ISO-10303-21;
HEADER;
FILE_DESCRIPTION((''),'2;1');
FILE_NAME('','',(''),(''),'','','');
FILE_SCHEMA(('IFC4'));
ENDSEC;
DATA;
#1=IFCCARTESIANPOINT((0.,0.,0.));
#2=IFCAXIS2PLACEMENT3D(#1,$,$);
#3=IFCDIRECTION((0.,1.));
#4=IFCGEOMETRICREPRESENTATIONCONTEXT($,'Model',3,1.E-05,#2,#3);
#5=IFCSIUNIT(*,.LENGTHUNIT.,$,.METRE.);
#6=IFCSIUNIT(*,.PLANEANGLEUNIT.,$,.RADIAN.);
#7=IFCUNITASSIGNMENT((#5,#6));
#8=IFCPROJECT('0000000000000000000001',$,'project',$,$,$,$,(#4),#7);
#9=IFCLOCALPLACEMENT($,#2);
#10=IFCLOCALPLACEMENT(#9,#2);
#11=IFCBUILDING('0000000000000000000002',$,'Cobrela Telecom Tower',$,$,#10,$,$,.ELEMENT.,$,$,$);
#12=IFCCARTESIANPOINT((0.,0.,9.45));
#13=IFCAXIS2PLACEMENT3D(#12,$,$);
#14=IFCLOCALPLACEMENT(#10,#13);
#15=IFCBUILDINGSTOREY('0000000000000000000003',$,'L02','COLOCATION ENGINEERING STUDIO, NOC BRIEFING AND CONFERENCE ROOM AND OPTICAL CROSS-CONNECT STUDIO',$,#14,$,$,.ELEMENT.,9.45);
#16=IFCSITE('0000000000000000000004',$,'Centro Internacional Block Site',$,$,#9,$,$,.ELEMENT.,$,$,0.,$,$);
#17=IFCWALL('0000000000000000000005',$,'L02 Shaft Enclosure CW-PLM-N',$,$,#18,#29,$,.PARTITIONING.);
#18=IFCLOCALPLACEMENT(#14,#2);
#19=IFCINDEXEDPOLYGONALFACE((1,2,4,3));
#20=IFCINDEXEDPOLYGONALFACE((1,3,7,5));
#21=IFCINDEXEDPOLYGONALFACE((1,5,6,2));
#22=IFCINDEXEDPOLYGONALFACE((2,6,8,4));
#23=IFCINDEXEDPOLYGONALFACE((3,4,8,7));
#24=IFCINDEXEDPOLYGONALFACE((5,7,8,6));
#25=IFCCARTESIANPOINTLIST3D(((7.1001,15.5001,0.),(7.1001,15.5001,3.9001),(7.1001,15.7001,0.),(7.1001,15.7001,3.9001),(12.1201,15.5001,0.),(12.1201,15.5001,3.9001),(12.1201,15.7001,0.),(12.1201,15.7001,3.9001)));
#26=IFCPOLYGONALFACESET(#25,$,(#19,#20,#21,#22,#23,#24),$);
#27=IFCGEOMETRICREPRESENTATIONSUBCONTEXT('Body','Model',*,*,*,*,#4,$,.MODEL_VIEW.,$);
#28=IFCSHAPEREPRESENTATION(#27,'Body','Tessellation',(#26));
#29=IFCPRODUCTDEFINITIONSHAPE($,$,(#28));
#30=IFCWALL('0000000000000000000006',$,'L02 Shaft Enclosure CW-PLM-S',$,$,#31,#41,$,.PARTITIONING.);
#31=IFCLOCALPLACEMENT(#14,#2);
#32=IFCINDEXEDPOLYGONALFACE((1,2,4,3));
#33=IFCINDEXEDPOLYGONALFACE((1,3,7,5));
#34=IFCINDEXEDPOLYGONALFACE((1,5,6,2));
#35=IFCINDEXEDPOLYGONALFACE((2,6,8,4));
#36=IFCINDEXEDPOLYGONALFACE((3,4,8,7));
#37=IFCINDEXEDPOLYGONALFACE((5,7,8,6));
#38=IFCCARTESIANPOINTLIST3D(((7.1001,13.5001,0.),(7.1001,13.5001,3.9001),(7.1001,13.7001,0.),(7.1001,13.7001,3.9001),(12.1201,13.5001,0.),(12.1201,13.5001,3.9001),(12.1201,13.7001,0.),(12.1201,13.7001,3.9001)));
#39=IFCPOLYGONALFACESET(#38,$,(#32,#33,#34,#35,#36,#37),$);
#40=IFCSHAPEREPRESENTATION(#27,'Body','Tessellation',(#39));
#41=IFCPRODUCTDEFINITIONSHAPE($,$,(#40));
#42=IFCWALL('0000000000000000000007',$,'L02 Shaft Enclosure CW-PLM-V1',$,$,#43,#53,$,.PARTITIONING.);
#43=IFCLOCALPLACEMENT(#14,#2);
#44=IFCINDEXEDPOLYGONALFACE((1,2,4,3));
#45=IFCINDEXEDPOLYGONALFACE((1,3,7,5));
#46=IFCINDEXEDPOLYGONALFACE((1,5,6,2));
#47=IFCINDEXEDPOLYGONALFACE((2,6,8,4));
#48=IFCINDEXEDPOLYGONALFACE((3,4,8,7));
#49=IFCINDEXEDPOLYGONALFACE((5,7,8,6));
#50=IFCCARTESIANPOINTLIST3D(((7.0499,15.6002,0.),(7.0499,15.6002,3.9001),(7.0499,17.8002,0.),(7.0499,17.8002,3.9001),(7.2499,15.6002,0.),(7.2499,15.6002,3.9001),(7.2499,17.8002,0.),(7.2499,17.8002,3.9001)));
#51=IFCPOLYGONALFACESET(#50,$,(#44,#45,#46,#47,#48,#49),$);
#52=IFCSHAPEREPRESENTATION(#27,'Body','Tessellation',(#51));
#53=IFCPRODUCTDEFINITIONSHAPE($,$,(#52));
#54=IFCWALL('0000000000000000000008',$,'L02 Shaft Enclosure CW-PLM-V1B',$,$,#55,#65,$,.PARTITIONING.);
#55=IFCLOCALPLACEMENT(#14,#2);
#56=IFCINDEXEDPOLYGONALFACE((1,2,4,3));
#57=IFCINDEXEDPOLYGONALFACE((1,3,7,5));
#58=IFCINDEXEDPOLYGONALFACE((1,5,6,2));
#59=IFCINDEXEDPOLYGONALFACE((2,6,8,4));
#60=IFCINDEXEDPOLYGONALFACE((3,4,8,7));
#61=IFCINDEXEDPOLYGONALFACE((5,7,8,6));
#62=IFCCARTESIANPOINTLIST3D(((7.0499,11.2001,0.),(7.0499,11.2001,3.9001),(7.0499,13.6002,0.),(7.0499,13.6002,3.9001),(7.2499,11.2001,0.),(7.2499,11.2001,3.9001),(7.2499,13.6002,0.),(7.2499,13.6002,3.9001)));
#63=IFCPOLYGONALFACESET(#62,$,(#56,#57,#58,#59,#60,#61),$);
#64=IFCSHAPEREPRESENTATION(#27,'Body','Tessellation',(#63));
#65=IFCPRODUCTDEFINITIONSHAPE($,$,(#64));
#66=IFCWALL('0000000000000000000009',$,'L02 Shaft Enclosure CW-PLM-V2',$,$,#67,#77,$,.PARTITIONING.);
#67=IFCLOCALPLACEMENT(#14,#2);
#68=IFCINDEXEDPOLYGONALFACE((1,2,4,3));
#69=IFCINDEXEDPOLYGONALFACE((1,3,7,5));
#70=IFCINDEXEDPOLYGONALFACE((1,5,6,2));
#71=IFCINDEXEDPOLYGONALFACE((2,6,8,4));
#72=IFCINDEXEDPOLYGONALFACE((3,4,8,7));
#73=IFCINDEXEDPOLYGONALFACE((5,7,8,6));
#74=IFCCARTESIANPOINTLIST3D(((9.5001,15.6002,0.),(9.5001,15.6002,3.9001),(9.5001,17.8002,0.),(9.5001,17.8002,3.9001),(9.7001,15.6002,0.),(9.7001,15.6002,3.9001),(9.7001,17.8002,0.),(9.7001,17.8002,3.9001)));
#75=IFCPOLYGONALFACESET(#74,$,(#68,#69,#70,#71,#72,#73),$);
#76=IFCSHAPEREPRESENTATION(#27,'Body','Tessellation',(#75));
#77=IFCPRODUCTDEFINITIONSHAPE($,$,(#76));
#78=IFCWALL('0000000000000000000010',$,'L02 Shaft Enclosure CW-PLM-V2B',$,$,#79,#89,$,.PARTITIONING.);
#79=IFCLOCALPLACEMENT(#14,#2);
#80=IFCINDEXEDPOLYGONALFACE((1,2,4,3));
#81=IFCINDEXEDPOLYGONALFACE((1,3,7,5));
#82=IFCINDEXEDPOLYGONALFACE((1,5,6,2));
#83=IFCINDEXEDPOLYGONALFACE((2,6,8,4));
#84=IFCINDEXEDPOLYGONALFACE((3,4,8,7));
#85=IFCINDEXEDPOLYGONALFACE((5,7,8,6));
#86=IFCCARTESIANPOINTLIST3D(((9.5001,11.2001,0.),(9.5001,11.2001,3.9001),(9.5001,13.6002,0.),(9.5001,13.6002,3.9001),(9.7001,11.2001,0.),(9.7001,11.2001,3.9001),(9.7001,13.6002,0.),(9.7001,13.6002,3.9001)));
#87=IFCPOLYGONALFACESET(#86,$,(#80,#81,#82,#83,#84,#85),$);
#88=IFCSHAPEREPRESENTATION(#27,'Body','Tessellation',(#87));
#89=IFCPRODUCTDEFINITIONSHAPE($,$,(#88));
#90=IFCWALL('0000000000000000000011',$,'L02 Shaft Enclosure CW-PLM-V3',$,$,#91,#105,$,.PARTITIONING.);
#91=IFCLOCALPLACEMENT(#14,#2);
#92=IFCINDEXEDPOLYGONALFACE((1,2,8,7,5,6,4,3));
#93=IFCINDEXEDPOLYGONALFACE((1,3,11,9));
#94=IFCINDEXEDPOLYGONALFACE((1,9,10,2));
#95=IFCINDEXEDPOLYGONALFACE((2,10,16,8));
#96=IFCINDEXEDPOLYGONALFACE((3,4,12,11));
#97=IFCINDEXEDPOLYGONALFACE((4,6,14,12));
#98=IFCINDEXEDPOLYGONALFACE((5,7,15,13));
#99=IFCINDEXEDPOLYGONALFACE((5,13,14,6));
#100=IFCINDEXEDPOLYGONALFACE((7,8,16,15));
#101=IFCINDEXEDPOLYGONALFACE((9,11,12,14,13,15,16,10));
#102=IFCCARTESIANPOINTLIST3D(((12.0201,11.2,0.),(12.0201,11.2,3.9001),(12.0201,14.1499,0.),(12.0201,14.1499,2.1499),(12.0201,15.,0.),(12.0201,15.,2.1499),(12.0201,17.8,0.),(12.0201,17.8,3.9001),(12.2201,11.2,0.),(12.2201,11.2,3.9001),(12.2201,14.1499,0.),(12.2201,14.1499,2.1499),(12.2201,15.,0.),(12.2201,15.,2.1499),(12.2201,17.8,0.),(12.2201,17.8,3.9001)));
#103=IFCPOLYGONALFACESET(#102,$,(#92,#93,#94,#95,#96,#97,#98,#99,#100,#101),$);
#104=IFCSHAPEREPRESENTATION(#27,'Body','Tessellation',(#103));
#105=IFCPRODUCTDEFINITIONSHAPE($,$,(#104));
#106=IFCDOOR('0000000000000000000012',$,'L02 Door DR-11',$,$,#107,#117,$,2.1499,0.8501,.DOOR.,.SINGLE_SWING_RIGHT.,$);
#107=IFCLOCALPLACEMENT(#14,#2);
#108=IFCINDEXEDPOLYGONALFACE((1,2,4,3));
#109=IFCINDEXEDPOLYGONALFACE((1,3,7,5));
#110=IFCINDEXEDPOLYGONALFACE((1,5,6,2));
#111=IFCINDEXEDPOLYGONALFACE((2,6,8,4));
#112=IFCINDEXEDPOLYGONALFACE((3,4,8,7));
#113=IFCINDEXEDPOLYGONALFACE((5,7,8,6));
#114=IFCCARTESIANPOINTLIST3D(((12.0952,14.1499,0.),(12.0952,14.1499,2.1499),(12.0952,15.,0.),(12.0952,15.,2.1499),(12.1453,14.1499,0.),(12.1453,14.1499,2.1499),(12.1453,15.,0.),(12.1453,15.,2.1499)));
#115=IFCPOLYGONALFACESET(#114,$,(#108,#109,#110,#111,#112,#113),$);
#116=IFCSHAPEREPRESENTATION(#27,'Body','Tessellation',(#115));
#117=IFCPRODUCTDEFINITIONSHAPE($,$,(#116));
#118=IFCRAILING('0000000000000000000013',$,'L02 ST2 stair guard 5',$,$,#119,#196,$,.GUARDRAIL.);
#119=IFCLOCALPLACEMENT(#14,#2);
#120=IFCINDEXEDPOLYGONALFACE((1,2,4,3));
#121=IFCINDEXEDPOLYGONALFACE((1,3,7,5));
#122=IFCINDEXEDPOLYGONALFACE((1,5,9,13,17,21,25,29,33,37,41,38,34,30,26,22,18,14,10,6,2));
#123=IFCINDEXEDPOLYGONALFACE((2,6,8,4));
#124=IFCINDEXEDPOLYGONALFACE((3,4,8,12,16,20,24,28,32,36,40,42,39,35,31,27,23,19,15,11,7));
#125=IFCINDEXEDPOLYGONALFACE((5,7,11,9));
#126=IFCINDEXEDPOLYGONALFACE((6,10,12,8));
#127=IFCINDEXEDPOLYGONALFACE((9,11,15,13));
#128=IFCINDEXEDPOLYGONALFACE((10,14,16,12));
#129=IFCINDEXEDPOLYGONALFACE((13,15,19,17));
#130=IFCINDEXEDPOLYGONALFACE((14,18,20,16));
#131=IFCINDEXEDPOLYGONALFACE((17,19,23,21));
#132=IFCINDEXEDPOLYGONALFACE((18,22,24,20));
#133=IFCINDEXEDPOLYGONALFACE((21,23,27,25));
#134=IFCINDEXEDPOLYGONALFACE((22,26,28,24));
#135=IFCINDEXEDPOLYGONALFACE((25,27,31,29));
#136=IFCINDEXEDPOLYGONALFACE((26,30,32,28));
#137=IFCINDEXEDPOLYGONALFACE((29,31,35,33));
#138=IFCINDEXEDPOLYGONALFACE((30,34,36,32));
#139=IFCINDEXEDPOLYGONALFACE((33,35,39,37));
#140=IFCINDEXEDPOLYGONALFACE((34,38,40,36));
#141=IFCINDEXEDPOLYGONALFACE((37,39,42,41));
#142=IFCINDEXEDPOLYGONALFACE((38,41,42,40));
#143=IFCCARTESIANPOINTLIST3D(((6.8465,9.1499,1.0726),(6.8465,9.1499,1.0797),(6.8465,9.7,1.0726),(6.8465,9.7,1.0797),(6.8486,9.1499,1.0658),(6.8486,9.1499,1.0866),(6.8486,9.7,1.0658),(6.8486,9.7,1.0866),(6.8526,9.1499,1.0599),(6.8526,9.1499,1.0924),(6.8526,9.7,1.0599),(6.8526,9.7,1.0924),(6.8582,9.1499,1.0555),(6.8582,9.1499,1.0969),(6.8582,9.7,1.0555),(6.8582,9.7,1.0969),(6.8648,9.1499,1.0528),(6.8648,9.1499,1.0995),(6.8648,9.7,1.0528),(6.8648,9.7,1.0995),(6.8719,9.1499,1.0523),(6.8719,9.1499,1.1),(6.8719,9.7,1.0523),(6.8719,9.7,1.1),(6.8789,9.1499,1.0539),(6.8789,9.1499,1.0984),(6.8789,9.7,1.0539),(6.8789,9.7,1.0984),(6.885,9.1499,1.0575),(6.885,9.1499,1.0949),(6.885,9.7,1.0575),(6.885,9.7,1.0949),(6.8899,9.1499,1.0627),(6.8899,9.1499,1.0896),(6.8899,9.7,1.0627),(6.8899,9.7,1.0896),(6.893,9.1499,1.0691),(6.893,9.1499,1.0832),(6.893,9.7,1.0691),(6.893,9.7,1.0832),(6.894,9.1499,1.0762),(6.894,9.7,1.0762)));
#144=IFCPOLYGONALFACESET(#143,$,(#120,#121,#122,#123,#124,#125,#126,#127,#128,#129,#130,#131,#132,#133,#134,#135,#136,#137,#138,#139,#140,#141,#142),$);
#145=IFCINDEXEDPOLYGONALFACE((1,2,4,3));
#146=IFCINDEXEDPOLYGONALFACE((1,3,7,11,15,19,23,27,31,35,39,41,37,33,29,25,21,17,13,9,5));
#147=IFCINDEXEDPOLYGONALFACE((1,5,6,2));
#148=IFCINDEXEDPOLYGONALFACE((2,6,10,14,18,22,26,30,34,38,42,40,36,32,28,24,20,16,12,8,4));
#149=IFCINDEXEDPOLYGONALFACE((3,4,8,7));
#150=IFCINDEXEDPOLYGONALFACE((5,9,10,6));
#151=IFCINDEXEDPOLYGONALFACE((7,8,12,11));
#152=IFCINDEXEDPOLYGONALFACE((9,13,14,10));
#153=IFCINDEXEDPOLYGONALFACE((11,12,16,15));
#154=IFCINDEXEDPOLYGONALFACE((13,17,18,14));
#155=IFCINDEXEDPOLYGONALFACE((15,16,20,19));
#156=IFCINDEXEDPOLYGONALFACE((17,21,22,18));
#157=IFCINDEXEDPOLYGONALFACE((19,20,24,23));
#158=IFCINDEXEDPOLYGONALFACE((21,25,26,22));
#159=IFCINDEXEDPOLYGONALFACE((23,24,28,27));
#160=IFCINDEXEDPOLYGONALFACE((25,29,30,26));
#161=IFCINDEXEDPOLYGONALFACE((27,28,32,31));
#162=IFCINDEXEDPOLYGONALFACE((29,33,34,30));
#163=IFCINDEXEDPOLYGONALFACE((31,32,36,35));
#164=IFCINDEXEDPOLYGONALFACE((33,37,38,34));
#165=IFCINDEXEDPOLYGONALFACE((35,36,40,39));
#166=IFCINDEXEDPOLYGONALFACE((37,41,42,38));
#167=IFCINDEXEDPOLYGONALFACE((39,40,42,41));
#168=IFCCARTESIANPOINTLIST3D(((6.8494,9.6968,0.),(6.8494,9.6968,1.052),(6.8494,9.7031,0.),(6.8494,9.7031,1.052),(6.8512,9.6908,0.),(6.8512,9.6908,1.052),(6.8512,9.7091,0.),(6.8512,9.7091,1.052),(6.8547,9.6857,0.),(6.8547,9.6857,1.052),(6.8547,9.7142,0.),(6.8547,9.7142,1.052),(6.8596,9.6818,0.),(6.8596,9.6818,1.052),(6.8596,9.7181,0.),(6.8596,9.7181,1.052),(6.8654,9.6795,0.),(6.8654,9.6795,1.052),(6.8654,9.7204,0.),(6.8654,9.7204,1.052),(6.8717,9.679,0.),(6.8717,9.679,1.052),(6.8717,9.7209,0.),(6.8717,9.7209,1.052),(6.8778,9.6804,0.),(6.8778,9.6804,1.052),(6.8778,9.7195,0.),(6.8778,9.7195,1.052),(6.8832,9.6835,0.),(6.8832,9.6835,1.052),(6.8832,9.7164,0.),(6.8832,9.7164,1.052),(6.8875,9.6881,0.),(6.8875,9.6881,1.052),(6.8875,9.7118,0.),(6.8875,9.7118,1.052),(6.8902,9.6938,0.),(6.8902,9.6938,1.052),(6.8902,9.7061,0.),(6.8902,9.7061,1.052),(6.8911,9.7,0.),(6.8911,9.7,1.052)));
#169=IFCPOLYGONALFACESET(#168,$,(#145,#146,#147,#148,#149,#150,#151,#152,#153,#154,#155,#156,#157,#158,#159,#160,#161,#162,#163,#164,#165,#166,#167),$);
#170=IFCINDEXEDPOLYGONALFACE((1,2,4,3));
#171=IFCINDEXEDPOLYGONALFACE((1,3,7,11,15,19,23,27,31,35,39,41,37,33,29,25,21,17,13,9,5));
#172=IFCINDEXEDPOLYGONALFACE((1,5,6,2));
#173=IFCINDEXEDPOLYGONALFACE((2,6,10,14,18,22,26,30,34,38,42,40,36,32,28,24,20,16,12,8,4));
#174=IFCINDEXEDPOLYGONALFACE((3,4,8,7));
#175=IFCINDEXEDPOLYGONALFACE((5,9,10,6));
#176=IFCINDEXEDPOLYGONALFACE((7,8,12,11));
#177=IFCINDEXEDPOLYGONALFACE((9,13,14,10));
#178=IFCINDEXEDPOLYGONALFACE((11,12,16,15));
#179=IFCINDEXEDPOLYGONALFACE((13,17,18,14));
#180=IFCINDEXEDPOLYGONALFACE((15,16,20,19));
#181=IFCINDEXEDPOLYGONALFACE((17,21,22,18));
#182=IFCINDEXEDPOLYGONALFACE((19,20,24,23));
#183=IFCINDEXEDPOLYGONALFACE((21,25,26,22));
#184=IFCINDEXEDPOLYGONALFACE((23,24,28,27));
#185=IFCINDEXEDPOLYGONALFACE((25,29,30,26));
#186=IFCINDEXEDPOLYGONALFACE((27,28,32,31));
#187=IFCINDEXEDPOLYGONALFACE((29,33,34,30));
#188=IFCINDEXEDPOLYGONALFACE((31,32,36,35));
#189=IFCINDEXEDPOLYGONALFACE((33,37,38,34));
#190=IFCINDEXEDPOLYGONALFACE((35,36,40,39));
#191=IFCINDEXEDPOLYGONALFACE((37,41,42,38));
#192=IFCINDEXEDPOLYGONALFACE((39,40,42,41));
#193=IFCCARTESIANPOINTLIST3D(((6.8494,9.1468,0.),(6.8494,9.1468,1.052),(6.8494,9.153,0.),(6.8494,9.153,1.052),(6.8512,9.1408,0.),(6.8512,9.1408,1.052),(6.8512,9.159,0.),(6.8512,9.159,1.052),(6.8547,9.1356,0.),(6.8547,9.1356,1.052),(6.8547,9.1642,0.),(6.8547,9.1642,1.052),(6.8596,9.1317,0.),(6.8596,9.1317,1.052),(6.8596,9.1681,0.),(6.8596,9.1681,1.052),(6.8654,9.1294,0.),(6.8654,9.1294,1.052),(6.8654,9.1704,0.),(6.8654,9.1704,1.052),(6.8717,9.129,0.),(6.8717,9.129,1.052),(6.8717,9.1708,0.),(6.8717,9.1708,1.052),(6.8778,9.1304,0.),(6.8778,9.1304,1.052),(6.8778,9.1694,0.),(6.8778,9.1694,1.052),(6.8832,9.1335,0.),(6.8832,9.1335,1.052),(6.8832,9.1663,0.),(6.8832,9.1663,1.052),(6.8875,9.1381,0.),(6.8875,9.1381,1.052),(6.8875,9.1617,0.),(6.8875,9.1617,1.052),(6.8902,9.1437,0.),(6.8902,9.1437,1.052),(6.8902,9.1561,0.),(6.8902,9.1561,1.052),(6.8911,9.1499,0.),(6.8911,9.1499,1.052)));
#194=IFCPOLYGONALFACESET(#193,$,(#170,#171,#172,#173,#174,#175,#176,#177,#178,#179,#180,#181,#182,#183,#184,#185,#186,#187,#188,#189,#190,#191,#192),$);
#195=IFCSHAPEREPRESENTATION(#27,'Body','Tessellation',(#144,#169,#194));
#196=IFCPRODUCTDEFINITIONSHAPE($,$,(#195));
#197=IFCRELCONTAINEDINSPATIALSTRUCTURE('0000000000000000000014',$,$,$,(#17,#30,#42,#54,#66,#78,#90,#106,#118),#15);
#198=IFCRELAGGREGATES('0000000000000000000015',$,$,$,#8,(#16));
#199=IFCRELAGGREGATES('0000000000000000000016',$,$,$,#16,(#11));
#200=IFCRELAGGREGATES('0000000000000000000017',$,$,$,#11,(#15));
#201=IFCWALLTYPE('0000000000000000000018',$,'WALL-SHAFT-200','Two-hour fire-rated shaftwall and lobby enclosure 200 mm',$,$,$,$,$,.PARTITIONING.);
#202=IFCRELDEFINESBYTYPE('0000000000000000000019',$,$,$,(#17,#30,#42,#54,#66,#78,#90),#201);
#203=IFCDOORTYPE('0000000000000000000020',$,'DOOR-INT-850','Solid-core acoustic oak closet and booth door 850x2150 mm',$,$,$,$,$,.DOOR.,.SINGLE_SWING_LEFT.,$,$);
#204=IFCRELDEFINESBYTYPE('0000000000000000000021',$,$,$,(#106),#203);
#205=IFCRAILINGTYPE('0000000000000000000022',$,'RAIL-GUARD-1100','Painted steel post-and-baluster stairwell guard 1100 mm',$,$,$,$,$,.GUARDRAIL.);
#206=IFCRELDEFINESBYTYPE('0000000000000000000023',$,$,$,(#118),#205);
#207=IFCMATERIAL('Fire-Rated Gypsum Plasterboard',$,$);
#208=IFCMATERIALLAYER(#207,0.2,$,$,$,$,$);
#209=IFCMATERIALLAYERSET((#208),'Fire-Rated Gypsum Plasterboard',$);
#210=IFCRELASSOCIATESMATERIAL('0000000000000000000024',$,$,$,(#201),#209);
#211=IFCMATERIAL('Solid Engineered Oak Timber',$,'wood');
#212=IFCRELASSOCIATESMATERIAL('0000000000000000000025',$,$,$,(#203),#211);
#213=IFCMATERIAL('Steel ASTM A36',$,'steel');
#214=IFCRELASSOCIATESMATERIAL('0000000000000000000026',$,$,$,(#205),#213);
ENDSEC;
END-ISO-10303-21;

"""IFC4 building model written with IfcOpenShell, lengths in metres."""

from ifc_helpers import new_model, si_unit, direction, frame, frame_2d, origin, origin_2d, place, context, subcontext, project, spatial, rectangle, circle, extrude, material, layer, layer_set, type_object, element, fill, save


model = new_model("IFC4")

# Units and contexts
model_context = context("Model", 3, precision=1e-05, world=origin(), true_north=direction((0.0, 1.0)))
body_context = subcontext(model_context, "Body", "Model", "MODEL_VIEW")
ifc_project = project(units=[si_unit("LENGTHUNIT", "METRE"), si_unit("PLANEANGLEUNIT", "RADIAN")], contexts=[model_context])

# Site, building, storey
site_placement = place(None, origin())
site = spatial("IfcSite", under=ifc_project, at=site_placement, Name="Centro Internacional Block Site", CompositionType="ELEMENT", RefElevation=0.0)
building_placement = place(site_placement, origin())
building = spatial("IfcBuilding", under=site, at=building_placement, Name="Cobrela Telecom Tower", CompositionType="ELEMENT")
storey_placement = place(building_placement, frame((0.0, 0.0, 9.45)))
storey = spatial("IfcBuildingStorey", under=building, at=storey_placement, Name="L02", Description="COLOCATION ENGINEERING STUDIO, NOC BRIEFING AND CONFERENCE ROOM AND OPTICAL CROSS-CONNECT STUDIO", CompositionType="ELEMENT", Elevation=9.45)

# Shared definitions
ifc_material_1 = material(Name="Fire-Rated Gypsum Plasterboard")
ifc_layer = layer(ifc_material_1, 0.2)
ifc_layer_set = layer_set([ifc_layer], Name="Fire-Rated Gypsum Plasterboard")
wall_type = type_object("IfcWallType", Name="WALL-SHAFT-200", Description="Two-hour fire-rated shaftwall and lobby enclosure 200 mm", PredefinedType="PARTITIONING", material=ifc_layer_set)

# Shared definitions
ifc_material_2 = material(Name="Solid Engineered Oak Timber", Category="wood")
door_type = type_object("IfcDoorType", Name="DOOR-INT-850", Description="Solid-core acoustic oak closet and booth door 850x2150 mm", OperationType="SINGLE_SWING_LEFT", PredefinedType="DOOR", material=ifc_material_2)

# Walls
for number, where, z_axis, x_axis, name in (
    (1, (7.1001, 15.6001, 0.0), (0.0, 0.0, 1.0), (1.0, 0.0, 0.0), "L02 Shaft Enclosure CW-PLM-N"),
    (2, (7.1001, 13.6001, 0.0), (0.0, 0.0, 1.0), (1.0, 0.0, 0.0), "L02 Shaft Enclosure CW-PLM-S"),
):
    element("IfcWall", number, at=place(storey_placement, frame(where, z_axis=z_axis, x_axis=x_axis)), inside=storey, type_object=wall_type, Name=name, PredefinedType="PARTITIONING", context=body_context, shape_type="SweptSolid", body=[
        extrude(rectangle(XDim=5.02, YDim=0.2, at=frame_2d((2.51, 0.0))), origin(), (0.0, 0.0, 1.0), 3.9001),
    ])
wall_1_placement = place(storey_placement, frame((7.1499, 15.6001, 0.0), z_axis=(0.0, 0.0, 1.0), x_axis=(0.0, 1.0, 0.0)))
element("IfcWall", 3, at=wall_1_placement, inside=storey, type_object=wall_type, Name="L02 Shaft Enclosure CW-PLM-V1", PredefinedType="PARTITIONING", context=body_context, shape_type="SweptSolid", body=[
    extrude(rectangle(XDim=2.2, YDim=0.2, at=frame_2d((1.1001, 0.0))), origin(), (0.0, 0.0, 1.0), 3.9001),
])
wall_2_placement = place(storey_placement, frame((7.1499, 11.2, 0.0), z_axis=(0.0, 0.0, 1.0), x_axis=(0.0, 1.0, 0.0)))
element("IfcWall", 4, at=wall_2_placement, inside=storey, type_object=wall_type, Name="L02 Shaft Enclosure CW-PLM-V1B", PredefinedType="PARTITIONING", context=body_context, shape_type="SweptSolid", body=[
    extrude(rectangle(XDim=2.4001, YDim=0.2, at=frame_2d((1.2002, 0.0))), origin(), (0.0, 0.0, 1.0), 3.9001),
])
wall_3_placement = place(storey_placement, frame((9.6001, 15.6001, 0.0), z_axis=(0.0, 0.0, 1.0), x_axis=(0.0, 1.0, 0.0)))
element("IfcWall", 5, at=wall_3_placement, inside=storey, type_object=wall_type, Name="L02 Shaft Enclosure CW-PLM-V2", PredefinedType="PARTITIONING", context=body_context, shape_type="SweptSolid", body=[
    extrude(rectangle(XDim=2.2, YDim=0.2, at=frame_2d((1.1001, 0.0))), origin(), (0.0, 0.0, 1.0), 3.9001),
])
wall_4_placement = place(storey_placement, frame((9.6001, 11.2, 0.0), z_axis=(0.0, 0.0, 1.0), x_axis=(0.0, 1.0, 0.0)))
element("IfcWall", 6, at=wall_4_placement, inside=storey, type_object=wall_type, Name="L02 Shaft Enclosure CW-PLM-V2B", PredefinedType="PARTITIONING", context=body_context, shape_type="SweptSolid", body=[
    extrude(rectangle(XDim=2.4001, YDim=0.2, at=frame_2d((1.2002, 0.0))), origin(), (0.0, 0.0, 1.0), 3.9001),
])

# Wall, opening, door
wall_5_placement = place(storey_placement, frame((12.1201, 11.2, 0.0), z_axis=(0.0, 0.0, 1.0), x_axis=(0.0, 1.0, 0.0)))
wall_5 = element("IfcWall", 7, at=wall_5_placement, inside=storey, type_object=wall_type, Name="L02 Shaft Enclosure CW-PLM-V3", PredefinedType="PARTITIONING", context=body_context, shape_type="SweptSolid", body=[
    extrude(rectangle(XDim=6.6001, YDim=0.2, at=frame_2d((3.3, 0.0))), origin(), (0.0, 0.0, 1.0), 3.9001),
])
opening_1_placement = place(wall_5_placement, frame((2.95, 0.0, 0.0)))
opening_1 = element("IfcOpeningElement", 8, at=opening_1_placement, cuts=wall_5, PredefinedType="OPENING", context=body_context, shape_type="SweptSolid", body=[
    extrude(rectangle(XDim=0.8501, YDim=2.1499, at=frame_2d((0.425, 1.075))), frame((0.0, 0.1118, 0.0), z_axis=(0.0, -1.0, 0.0), x_axis=(1.0, 0.0, 0.0)), (0.0, 0.0, 1.0), 0.2239),
])
door_1_placement = place(opening_1_placement, origin())
door_1 = element("IfcDoor", 9, at=door_1_placement, inside=storey, type_object=door_type, Name="L02 Door DR-11", OperationType="SINGLE_SWING_RIGHT", OverallHeight=2.1499, OverallWidth=0.8501, PredefinedType="DOOR", context=body_context, shape_type="SweptSolid", body=[
    extrude(rectangle(XDim=0.8501, YDim=2.1499, at=frame_2d((0.425, 1.075))), frame((0.0, 0.0249, 0.0), z_axis=(0.0, -1.0, 0.0), x_axis=(1.0, 0.0, 0.0)), (0.0, 0.0, 1.0), 0.05),
])
fill(opening_1, door_1)

# Railing
ifc_material_3 = material(Name="Steel ASTM A36", Category="steel")
railing_type_1 = type_object("IfcRailingType", Name="RAIL-GUARD-1100", Description="Painted steel post-and-baluster stairwell guard 1100 mm", PredefinedType="GUARDRAIL", material=ifc_material_3)
railing_1_placement = place(storey_placement, frame((6.8701, 9.7, 0.0)))
element("IfcRailing", 10, at=railing_1_placement, inside=storey, type_object=railing_type_1, Name="L02 ST2 stair guard 5", PredefinedType="GUARDRAIL", context=body_context, shape_type="SweptSolid", body=[
    extrude(circle(Radius=0.0239, at=origin_2d()), frame((0.0, 0.0, 1.0762), z_axis=(0.0, -1.0, 0.0), x_axis=(1.0, 0.0, 0.0)), (0.0, 0.0, 1.0), 0.55),
    extrude(circle(Radius=0.021, at=origin_2d()), origin(), (0.0, 0.0, 1.0), 1.052),
    extrude(circle(Radius=0.021, at=origin_2d()), frame((0.0, -0.55, 0.0)), (0.0, 0.0, 1.0), 1.052),
])

save(model, "model.ifc")
